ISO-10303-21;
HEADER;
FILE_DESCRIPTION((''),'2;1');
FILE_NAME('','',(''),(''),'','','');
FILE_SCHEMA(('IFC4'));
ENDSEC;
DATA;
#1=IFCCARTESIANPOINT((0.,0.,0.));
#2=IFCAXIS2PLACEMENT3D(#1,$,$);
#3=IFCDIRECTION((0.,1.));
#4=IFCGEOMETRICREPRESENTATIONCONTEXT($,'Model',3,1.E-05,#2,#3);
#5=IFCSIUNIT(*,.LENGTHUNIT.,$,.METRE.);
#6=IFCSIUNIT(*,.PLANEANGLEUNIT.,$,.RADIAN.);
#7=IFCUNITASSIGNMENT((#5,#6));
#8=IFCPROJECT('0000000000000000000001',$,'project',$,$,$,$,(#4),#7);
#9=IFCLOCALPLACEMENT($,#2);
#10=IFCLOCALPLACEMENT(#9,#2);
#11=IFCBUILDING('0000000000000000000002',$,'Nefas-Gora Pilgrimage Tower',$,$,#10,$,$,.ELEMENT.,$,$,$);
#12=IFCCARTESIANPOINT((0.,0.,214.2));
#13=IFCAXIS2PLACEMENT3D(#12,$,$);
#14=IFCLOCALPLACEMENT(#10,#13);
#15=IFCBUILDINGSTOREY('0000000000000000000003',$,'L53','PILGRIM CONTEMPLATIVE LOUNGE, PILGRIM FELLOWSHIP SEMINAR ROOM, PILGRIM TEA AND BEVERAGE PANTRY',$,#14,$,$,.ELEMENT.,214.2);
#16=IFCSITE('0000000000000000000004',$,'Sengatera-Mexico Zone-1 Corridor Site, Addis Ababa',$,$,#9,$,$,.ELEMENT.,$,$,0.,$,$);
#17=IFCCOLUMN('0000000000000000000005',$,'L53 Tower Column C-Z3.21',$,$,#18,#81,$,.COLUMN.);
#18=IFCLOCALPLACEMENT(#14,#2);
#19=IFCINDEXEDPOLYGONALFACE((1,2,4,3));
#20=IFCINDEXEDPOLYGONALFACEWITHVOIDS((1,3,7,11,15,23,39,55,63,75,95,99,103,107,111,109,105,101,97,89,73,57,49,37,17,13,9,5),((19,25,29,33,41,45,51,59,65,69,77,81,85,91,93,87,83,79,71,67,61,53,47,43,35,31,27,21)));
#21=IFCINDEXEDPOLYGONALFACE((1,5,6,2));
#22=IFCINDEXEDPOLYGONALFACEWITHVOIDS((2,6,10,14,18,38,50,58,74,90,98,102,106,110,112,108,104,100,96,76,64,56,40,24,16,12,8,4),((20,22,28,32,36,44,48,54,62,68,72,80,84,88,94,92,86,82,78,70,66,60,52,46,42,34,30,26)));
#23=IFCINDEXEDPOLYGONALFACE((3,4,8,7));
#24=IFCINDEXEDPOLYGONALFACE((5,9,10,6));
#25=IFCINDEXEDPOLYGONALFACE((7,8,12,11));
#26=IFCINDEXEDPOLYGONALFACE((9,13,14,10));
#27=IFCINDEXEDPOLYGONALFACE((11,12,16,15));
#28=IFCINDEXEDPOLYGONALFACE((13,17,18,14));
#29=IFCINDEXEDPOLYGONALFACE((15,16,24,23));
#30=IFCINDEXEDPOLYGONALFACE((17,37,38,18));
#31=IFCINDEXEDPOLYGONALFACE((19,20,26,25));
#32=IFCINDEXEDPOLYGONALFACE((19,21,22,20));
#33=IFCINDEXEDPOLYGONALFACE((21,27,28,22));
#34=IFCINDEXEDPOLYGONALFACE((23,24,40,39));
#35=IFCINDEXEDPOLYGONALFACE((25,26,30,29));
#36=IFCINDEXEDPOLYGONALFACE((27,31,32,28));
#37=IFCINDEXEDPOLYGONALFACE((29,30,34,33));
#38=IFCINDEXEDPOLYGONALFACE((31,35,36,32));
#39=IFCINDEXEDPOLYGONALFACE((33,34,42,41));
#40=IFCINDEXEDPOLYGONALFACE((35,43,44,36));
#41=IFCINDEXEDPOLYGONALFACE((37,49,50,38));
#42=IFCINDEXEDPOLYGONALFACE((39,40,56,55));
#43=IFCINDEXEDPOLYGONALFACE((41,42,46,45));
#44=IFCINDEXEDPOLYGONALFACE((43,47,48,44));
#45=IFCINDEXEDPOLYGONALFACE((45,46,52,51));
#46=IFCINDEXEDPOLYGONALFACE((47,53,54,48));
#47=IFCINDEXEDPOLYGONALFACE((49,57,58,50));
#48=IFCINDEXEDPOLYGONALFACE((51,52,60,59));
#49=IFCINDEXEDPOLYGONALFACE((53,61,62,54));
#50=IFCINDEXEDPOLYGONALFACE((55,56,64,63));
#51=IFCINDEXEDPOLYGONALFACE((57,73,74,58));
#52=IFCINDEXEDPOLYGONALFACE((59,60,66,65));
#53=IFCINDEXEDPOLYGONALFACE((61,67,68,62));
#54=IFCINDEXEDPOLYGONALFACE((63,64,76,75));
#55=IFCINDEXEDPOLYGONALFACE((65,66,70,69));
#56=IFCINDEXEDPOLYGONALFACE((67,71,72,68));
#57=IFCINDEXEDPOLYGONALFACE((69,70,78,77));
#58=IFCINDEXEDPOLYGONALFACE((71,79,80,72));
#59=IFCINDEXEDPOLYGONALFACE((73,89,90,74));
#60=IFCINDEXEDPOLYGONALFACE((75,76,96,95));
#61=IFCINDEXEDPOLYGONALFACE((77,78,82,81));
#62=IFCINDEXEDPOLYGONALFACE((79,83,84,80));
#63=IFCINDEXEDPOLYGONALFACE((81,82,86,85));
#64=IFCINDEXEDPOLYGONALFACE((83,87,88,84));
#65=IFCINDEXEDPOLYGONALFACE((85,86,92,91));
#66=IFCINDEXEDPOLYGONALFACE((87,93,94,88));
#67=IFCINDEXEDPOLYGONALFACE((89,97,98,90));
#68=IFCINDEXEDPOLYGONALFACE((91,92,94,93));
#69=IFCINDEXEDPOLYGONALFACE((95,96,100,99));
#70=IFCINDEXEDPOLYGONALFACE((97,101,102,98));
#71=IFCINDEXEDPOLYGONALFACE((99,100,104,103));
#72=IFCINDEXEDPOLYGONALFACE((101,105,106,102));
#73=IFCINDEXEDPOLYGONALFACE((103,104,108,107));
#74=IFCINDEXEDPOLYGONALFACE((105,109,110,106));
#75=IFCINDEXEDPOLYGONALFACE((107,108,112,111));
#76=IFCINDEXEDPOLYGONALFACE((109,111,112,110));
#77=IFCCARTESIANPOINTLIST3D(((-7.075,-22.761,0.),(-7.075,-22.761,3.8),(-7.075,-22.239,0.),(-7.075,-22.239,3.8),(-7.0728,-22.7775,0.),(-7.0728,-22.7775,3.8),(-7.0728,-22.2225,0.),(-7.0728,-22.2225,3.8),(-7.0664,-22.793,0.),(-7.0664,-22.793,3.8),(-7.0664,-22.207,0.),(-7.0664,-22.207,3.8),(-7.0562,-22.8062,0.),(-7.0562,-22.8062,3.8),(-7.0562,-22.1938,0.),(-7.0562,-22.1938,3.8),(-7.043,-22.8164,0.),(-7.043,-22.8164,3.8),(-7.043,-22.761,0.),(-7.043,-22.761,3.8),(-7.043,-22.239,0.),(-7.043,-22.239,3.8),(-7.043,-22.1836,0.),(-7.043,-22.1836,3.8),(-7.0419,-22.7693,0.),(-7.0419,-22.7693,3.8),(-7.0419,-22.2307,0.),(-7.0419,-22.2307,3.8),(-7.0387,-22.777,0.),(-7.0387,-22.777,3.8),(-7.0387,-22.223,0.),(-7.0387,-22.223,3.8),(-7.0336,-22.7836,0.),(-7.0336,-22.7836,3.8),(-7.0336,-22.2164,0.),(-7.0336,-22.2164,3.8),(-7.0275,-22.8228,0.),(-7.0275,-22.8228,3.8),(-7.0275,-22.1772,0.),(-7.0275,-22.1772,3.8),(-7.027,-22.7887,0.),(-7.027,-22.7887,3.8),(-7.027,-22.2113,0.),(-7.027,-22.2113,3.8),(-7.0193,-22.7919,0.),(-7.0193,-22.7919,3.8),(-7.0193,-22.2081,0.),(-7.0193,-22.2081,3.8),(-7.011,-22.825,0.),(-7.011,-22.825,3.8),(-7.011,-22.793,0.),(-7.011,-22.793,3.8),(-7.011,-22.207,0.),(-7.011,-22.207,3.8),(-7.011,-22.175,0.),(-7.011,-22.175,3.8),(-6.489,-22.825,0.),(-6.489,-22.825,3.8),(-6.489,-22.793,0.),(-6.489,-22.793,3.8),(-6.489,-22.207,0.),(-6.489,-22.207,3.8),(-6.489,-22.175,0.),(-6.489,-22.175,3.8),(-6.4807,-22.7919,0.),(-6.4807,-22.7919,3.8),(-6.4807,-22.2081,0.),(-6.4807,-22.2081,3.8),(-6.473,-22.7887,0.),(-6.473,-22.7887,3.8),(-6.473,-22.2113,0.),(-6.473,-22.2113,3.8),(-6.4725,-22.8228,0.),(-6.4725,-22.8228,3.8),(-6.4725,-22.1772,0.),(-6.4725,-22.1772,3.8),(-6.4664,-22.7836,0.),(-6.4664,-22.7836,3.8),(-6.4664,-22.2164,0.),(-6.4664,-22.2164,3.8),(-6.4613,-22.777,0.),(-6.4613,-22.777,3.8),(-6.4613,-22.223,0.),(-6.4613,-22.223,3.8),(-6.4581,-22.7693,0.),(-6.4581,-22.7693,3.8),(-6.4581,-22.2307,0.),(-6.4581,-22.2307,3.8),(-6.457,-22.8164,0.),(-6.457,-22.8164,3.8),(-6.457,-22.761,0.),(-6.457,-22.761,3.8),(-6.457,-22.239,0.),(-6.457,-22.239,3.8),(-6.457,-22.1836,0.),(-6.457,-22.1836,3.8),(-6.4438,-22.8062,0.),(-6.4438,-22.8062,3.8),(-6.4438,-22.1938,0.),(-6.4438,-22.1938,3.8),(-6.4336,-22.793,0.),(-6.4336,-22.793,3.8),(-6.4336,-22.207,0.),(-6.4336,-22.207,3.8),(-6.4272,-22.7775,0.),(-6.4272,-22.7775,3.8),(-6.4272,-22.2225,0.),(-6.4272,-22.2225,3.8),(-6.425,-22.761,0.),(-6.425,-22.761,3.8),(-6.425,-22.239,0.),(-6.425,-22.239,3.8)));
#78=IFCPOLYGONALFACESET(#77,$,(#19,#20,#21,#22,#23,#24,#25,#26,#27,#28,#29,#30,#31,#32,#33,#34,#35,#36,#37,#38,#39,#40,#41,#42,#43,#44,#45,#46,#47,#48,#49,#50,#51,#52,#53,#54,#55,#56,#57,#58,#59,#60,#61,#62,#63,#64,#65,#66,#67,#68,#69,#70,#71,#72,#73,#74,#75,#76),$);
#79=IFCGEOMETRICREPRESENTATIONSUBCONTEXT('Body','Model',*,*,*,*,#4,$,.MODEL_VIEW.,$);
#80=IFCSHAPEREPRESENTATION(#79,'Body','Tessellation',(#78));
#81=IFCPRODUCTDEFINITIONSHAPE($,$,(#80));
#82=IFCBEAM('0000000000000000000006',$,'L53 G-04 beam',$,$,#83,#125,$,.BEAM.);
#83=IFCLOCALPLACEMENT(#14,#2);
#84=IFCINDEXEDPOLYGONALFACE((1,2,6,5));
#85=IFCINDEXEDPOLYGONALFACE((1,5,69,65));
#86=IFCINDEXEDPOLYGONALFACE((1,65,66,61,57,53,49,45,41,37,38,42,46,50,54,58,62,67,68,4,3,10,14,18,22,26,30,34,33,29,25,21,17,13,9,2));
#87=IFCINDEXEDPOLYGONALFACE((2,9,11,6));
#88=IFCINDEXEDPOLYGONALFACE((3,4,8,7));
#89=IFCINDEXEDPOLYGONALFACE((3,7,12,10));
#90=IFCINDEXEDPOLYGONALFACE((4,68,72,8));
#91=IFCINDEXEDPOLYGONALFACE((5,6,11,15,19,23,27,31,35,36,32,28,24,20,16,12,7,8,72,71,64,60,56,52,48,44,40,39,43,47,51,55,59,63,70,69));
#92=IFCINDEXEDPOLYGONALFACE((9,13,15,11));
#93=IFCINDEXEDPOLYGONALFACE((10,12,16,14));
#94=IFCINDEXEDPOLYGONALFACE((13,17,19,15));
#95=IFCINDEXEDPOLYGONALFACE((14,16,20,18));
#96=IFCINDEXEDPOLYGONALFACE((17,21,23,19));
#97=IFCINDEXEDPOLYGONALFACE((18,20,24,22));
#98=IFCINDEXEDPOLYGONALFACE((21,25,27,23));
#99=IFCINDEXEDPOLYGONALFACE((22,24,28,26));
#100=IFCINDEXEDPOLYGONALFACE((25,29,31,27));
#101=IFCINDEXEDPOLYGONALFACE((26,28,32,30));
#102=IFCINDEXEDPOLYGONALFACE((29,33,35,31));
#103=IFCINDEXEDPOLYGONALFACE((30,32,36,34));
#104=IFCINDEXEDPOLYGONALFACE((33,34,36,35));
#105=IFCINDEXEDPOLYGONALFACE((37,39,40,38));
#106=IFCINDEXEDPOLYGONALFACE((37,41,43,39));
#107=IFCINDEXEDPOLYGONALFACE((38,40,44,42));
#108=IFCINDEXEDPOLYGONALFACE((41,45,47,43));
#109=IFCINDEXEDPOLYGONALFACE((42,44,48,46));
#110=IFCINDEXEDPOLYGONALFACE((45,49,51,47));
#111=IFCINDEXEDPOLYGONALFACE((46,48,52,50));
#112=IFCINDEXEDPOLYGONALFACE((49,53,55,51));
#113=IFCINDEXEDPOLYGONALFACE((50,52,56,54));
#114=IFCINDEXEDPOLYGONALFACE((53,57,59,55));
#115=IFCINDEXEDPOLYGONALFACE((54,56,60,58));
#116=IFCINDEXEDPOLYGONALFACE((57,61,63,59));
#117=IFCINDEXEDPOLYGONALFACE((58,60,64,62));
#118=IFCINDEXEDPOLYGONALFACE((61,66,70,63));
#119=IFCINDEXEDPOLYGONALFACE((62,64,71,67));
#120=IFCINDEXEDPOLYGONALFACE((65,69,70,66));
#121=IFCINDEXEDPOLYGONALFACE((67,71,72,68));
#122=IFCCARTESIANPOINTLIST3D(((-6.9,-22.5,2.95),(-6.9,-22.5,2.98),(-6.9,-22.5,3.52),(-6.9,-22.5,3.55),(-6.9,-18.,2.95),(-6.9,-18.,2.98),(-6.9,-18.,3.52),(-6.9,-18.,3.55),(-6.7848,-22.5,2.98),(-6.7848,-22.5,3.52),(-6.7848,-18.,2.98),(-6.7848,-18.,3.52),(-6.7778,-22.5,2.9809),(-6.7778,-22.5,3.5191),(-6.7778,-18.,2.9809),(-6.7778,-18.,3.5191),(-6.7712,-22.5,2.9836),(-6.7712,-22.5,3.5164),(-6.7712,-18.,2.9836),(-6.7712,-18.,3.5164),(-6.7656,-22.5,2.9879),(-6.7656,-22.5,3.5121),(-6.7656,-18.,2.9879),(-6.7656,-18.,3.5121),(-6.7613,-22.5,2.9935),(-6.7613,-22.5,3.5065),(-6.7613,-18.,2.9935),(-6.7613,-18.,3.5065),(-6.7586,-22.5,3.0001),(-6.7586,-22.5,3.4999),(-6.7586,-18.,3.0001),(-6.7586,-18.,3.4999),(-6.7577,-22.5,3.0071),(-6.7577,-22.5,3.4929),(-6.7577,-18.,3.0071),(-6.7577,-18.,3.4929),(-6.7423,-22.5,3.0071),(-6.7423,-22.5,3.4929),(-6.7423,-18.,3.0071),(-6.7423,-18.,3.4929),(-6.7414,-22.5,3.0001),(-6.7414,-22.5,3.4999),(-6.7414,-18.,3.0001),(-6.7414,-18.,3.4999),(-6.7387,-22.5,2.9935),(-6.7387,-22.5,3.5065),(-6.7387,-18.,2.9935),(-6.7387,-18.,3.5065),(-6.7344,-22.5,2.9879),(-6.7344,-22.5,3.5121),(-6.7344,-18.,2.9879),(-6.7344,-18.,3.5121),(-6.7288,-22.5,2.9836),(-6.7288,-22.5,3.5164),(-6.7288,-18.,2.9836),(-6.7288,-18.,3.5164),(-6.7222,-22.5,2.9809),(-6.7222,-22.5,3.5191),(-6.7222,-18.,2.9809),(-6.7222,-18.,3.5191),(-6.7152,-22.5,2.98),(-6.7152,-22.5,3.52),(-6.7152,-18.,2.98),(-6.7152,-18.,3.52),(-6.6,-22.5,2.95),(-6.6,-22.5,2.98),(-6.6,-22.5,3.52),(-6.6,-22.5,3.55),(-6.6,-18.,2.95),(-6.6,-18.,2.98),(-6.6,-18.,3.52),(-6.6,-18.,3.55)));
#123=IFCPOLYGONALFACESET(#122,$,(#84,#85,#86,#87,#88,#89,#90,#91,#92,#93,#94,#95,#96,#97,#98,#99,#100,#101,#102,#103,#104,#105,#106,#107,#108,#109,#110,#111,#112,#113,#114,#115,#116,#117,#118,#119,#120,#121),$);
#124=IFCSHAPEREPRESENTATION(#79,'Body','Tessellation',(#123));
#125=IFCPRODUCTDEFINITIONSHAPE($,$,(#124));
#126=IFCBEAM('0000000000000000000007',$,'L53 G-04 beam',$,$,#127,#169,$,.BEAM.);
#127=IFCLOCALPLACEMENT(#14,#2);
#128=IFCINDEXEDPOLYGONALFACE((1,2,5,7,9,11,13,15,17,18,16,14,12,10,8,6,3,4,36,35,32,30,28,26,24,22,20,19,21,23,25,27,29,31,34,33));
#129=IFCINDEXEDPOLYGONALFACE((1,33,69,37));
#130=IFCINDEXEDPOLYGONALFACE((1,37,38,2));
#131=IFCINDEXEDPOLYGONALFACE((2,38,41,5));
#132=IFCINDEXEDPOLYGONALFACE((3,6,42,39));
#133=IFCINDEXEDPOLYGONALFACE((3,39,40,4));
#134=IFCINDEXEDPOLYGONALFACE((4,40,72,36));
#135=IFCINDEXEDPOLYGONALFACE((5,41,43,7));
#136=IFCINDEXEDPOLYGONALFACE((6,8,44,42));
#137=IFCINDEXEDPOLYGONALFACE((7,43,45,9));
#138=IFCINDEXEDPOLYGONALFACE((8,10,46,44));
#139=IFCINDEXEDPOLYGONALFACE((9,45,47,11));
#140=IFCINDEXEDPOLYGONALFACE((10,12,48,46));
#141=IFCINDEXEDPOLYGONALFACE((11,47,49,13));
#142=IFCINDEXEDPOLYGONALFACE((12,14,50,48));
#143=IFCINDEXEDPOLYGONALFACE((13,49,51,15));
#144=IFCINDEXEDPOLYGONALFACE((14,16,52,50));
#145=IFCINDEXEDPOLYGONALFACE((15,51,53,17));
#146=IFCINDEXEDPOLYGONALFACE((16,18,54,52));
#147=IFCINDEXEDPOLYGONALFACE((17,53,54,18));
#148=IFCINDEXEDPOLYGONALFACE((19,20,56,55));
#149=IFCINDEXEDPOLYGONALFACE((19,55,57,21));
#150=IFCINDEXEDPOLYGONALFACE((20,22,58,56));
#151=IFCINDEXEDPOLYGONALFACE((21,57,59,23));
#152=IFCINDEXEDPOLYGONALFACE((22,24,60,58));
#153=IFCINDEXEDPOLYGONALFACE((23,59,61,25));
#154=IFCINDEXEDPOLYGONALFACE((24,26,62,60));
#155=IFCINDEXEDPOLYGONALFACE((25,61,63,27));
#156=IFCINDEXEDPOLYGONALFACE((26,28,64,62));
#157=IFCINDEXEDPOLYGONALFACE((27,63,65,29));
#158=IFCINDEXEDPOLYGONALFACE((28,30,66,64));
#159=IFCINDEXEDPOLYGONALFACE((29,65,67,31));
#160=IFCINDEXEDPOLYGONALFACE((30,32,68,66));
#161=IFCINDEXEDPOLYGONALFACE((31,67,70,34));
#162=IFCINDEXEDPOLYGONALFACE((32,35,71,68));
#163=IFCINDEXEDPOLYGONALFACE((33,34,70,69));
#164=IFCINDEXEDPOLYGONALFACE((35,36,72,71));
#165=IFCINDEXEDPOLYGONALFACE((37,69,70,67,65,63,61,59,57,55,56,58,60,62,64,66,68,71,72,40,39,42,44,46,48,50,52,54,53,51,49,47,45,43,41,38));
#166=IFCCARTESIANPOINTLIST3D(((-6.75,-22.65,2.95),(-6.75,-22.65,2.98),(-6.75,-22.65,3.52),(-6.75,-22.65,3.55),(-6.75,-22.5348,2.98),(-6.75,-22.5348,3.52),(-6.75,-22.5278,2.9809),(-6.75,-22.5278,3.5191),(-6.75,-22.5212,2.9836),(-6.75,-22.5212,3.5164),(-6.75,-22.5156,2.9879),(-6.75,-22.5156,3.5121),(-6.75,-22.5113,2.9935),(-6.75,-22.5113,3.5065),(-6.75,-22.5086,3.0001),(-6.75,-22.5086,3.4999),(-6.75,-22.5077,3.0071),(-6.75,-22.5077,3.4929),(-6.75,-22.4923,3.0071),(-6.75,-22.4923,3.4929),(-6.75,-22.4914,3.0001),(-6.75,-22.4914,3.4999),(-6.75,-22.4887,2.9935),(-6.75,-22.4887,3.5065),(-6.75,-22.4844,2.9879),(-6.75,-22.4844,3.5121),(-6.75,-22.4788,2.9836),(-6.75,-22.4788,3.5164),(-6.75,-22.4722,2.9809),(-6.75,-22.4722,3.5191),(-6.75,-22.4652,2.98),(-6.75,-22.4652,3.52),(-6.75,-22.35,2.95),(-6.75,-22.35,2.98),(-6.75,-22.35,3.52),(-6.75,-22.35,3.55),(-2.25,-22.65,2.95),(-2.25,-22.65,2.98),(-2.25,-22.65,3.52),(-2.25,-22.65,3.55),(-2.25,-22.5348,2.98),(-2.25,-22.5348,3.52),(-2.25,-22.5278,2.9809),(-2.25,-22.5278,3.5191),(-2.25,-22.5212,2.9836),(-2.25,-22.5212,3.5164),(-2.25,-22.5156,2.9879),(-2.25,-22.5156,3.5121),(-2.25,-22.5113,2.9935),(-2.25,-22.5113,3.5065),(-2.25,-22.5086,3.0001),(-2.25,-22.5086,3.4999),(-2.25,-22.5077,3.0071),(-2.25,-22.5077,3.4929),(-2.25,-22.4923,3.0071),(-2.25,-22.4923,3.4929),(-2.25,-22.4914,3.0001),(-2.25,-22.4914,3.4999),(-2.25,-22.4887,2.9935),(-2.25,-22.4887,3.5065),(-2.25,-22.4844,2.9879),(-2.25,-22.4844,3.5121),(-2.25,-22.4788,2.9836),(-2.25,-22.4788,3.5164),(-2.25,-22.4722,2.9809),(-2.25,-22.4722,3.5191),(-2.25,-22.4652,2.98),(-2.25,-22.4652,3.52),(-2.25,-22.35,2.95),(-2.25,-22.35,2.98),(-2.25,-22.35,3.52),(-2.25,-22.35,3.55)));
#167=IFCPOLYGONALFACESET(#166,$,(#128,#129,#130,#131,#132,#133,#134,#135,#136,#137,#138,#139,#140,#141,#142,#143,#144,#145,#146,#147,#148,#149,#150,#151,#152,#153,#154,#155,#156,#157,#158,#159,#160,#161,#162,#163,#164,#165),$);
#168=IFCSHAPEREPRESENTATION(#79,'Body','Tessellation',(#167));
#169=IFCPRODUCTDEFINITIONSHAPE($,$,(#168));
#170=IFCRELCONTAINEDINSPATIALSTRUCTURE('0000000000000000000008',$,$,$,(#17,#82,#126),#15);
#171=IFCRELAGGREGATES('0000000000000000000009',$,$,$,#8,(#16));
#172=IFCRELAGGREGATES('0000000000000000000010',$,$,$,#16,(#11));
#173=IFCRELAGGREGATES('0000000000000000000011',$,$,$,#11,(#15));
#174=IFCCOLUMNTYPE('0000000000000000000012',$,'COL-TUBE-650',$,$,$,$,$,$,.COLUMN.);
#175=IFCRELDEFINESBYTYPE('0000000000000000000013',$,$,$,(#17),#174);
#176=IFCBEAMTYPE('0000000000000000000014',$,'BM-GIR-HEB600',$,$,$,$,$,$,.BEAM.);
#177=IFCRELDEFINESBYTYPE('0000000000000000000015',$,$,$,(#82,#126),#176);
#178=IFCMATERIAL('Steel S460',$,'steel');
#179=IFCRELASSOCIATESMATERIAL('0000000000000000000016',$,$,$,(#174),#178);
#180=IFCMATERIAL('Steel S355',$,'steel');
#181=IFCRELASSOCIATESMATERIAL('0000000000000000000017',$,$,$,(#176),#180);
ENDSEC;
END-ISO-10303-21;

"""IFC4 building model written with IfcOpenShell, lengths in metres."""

from ifc_helpers import new_model, si_unit, direction, frame, origin, origin_2d, place, context, subcontext, project, spatial, hollow_rectangle, i_section, extrude, source, transform, mapped, material, material_profile, profile_set, type_object, element, save


model = new_model("IFC4")

# Units and contexts
model_context = context("Model", 3, precision=1e-05, world=origin(), true_north=direction((0.0, 1.0)))
body_context = subcontext(model_context, "Body", "Model", "MODEL_VIEW")
ifc_project = project(units=[si_unit("LENGTHUNIT", "METRE"), si_unit("PLANEANGLEUNIT", "RADIAN")], contexts=[model_context])

# Site, building, storey
site_placement = place(None, origin())
site = spatial("IfcSite", under=ifc_project, at=site_placement, Name="Sengatera-Mexico Zone-1 Corridor Site, Addis Ababa", CompositionType="ELEMENT", RefElevation=0.0)
building_placement = place(site_placement, origin())
building = spatial("IfcBuilding", under=site, at=building_placement, Name="Nefas-Gora Pilgrimage Tower", CompositionType="ELEMENT")
storey_placement = place(building_placement, frame((0.0, 0.0, 214.2)))
storey = spatial("IfcBuildingStorey", under=building, at=storey_placement, Name="L53", Description="PILGRIM CONTEMPLATIVE LOUNGE, PILGRIM FELLOWSHIP SEMINAR ROOM, PILGRIM TEA AND BEVERAGE PANTRY", CompositionType="ELEMENT", Elevation=214.2)

# Column
ifc_material_1 = material(Name="Steel S460", Category="steel")
ifc_material_profile_1 = material_profile(ifc_material_1, hollow_rectangle(XDim=0.6499, YDim=0.6499, WallThickness=0.032, InnerFilletRadius=0.032, OuterFilletRadius=0.064, at=origin_2d()), Name="BOX 650x650x32")
ifc_profile_set_1 = profile_set([ifc_material_profile_1], Name="Steel S460")
column_type_1 = type_object("IfcColumnType", Name="COL-TUBE-650", PredefinedType="COLUMN", material=ifc_profile_set_1)
shared_shape_1 = source(origin(), body_context, "Body", "SweptSolid", [
    extrude(hollow_rectangle(XDim=0.6499, YDim=0.6499, WallThickness=0.032, InnerFilletRadius=0.032, OuterFilletRadius=0.064, at=origin_2d()), origin(), (0.0, 0.0, 1.0), 3.8),
])
column_placement = place(storey_placement, frame((-6.75, -22.5, 0.0), z_axis=(0.0, 0.0, 1.0), x_axis=(1.0, 0.0, 0.0)))
element("IfcColumn", 1, at=column_placement, inside=storey, type_object=column_type_1, Name="L53 Tower Column C-Z3.21", PredefinedType="COLUMN", context=body_context, shape_type="MappedRepresentation", body=[
    mapped(shared_shape_1, transform((0.0, 0.0, 0.0), x_axis=(1.0, 0.0, 0.0), y_axis=(0.0, 1.0, 0.0), z_axis=(0.0, 0.0, 1.0), scale=1.0)),
])

# Beams
ifc_material_2 = material(Name="Steel S355", Category="steel")
ifc_material_profile_2 = material_profile(ifc_material_2, i_section(OverallWidth=0.3, OverallDepth=0.6001, WebThickness=0.0154, FlangeThickness=0.03, FilletRadius=0.0271, at=origin_2d()), Name="HEB 600")
ifc_profile_set_2 = profile_set([ifc_material_profile_2], Name="Steel S355")
beam_type = type_object("IfcBeamType", Name="BM-GIR-HEB600", PredefinedType="BEAM", material=ifc_profile_set_2)
shared_shape_2 = source(origin(), body_context, "Body", "SweptSolid", [
    extrude(i_section(OverallWidth=0.3, OverallDepth=0.6001, WebThickness=0.0154, FlangeThickness=0.03, FilletRadius=0.0271, at=origin_2d()), origin(), (0.0, 0.0, 1.0), 4.5),
])
for number, where, z_axis, x_axis, name in (
    (2, (-6.75, -22.5, 3.25), (0.0, 1.0, 0.0), (-1.0, 0.0, 0.0), "L53 G-04 beam"),
    (3, (-6.75, -22.5, 3.25), (1.0, 0.0, 0.0), (0.0, 1.0, 0.0), "L53 G-04 beam"),
):
    element("IfcBeam", number, at=place(storey_placement, frame(where, z_axis=z_axis, x_axis=x_axis)), inside=storey, type_object=beam_type, Name=name, PredefinedType="BEAM", context=body_context, shape_type="MappedRepresentation", body=[
        mapped(shared_shape_2, transform((0.0, 0.0, 0.0), x_axis=(1.0, 0.0, 0.0), y_axis=(0.0, 1.0, 0.0), z_axis=(0.0, 0.0, 1.0), scale=1.0)),
    ])

save(model, "model.ifc")
